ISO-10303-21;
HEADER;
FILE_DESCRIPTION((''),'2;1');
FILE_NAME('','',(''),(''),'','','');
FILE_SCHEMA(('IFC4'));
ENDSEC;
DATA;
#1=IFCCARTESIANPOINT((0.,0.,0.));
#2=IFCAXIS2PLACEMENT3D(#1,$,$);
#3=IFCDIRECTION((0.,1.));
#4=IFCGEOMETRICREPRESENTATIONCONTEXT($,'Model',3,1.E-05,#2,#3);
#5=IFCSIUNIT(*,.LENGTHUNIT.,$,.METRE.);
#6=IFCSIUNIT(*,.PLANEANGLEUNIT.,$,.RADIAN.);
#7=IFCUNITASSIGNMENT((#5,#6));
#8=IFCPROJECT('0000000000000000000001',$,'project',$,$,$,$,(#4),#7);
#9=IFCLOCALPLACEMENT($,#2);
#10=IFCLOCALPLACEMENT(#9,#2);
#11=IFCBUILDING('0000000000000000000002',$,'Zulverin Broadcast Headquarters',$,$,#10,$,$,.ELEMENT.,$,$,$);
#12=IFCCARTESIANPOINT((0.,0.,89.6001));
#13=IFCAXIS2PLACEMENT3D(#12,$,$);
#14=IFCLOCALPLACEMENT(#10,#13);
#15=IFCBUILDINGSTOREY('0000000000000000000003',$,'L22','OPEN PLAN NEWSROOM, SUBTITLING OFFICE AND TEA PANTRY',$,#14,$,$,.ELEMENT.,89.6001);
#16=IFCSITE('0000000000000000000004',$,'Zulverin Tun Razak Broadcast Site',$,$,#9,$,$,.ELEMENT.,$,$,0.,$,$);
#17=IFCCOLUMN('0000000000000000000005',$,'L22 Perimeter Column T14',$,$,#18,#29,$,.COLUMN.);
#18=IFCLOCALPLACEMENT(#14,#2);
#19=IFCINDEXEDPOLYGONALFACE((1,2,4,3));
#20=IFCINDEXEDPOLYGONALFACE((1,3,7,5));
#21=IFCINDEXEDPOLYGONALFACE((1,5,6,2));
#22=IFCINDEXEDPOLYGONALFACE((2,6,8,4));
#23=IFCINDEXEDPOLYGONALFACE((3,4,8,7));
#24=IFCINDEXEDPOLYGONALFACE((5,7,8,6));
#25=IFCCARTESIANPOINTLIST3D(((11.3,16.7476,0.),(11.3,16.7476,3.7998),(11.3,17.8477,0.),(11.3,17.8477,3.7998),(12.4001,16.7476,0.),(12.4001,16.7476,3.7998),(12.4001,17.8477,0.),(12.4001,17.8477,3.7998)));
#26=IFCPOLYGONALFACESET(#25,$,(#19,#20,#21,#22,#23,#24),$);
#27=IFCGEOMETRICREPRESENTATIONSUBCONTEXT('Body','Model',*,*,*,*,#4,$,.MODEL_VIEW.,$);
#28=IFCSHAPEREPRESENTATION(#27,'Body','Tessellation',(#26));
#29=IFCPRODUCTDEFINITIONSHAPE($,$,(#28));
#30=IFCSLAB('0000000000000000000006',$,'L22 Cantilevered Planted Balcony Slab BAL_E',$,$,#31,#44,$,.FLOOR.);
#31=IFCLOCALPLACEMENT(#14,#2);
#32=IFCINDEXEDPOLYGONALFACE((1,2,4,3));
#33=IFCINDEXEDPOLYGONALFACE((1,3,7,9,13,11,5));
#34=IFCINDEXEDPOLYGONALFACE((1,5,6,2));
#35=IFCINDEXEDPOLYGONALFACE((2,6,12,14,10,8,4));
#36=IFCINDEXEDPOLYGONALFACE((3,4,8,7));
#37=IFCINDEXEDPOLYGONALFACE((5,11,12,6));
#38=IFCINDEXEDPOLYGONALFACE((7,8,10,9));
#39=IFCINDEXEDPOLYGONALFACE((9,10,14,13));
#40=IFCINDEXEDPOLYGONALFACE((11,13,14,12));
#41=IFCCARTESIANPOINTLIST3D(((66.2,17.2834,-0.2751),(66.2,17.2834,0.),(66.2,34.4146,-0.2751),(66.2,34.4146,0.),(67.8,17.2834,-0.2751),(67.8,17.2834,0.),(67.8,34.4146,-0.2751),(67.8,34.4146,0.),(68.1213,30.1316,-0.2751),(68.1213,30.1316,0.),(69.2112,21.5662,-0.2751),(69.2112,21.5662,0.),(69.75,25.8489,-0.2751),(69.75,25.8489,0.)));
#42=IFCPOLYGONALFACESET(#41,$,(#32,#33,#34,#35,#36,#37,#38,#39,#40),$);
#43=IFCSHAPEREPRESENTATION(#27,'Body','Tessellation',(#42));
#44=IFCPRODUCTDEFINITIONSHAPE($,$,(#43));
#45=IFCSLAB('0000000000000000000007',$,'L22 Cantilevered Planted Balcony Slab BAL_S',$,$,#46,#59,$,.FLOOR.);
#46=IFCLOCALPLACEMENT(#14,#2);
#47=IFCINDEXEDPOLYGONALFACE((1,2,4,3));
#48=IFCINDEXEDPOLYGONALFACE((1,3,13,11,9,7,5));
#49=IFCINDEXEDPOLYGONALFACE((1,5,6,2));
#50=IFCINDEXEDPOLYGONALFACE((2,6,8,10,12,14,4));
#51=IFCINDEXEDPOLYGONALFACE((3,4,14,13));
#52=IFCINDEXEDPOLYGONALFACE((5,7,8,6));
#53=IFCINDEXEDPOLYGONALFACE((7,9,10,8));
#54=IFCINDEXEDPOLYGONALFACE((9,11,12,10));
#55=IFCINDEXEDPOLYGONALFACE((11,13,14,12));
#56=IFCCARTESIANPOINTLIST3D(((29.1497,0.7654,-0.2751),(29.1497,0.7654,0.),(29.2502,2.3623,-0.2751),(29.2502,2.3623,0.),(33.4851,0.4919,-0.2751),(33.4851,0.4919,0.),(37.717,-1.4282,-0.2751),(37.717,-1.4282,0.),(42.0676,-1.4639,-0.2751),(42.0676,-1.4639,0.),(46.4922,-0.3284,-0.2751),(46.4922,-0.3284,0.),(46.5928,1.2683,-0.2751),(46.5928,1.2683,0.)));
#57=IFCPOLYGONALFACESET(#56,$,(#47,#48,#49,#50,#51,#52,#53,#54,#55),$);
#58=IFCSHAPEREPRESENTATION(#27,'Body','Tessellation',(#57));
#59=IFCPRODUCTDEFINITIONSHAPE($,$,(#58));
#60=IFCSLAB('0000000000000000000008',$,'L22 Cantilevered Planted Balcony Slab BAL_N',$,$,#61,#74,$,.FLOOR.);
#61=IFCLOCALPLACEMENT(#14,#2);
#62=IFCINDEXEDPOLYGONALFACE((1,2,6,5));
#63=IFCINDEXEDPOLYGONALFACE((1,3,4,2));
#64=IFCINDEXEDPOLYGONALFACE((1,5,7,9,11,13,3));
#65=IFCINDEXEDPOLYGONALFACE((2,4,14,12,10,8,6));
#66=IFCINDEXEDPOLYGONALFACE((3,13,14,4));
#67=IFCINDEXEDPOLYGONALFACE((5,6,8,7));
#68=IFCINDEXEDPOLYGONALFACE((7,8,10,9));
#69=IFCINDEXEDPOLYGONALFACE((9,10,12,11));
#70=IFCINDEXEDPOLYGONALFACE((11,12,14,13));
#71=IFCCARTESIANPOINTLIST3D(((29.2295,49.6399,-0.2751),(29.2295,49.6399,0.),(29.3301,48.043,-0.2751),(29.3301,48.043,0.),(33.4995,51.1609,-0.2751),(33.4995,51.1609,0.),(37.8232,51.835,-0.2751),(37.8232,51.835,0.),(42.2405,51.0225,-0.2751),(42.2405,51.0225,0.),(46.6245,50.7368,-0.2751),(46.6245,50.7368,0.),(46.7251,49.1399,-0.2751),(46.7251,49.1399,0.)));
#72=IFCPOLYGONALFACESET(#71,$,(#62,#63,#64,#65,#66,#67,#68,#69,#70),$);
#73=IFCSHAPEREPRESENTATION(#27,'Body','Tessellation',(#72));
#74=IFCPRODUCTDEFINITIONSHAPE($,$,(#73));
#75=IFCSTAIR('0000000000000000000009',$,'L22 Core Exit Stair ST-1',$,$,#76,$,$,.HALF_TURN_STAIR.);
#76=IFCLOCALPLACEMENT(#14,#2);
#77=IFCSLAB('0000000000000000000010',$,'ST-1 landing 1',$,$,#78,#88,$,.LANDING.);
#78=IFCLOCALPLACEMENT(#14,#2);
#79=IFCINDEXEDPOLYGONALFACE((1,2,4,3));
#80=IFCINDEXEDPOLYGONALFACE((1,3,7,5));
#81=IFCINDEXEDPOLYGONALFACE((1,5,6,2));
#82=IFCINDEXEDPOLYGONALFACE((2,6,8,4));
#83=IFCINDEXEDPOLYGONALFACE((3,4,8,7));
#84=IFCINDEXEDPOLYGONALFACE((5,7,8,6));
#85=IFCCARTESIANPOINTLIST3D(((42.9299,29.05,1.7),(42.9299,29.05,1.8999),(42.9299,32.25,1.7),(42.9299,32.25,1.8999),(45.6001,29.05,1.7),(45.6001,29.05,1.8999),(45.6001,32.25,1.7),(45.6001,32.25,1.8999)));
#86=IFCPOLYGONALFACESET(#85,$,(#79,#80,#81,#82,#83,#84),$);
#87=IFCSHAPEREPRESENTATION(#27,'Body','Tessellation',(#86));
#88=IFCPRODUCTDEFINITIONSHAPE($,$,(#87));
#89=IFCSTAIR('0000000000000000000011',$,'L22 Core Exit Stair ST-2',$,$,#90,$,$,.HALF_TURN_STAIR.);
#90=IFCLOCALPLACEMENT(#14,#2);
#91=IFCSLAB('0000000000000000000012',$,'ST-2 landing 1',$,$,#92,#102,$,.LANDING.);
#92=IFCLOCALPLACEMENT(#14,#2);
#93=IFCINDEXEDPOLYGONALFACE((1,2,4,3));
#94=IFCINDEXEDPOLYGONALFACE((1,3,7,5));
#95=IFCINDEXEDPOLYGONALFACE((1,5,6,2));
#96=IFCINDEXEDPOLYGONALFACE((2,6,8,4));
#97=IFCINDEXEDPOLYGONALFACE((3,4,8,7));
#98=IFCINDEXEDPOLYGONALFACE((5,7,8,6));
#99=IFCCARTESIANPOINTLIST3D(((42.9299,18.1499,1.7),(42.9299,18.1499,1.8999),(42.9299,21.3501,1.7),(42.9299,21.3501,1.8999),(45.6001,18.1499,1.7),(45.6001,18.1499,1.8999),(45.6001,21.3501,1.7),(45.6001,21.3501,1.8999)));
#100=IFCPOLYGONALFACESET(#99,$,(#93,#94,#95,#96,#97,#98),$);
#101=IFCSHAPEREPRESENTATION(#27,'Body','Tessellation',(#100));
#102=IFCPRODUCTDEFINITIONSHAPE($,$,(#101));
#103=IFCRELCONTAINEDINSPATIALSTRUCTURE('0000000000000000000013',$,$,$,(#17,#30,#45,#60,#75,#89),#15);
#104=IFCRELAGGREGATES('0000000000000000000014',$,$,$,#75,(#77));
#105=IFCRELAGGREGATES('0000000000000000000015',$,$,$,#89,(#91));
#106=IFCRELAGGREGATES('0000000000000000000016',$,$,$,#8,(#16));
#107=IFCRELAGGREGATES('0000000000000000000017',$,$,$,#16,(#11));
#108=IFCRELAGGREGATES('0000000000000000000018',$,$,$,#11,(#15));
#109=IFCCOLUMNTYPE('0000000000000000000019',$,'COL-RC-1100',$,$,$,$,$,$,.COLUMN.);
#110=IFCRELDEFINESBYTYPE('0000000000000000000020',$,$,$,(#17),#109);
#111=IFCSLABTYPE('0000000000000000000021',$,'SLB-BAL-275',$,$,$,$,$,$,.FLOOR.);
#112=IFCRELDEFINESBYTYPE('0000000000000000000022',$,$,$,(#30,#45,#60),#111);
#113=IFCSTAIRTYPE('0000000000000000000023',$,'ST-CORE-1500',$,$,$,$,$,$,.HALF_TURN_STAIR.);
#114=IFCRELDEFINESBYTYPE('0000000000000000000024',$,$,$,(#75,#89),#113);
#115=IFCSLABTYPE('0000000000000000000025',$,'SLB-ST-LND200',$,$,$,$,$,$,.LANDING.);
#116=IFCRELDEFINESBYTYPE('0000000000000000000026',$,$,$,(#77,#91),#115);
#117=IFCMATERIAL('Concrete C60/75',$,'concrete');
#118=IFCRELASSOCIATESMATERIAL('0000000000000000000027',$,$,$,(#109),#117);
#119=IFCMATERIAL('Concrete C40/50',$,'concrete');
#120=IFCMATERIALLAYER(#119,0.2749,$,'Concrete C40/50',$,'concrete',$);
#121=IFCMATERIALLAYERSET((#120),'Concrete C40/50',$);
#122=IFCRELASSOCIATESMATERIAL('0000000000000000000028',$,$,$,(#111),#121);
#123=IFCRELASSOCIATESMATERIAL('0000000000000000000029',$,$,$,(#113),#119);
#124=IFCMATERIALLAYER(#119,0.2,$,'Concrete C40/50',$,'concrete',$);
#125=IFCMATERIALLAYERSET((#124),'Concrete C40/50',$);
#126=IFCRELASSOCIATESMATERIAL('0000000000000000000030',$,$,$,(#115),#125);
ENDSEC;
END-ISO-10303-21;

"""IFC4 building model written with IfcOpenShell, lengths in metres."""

from ifc_helpers import new_model, si_unit, direction, frame, origin, origin_2d, place, context, subcontext, project, spatial, polyline, rectangle, outline, extrude, material, layer, layer_set, material_profile, profile_set, type_object, element, aggregate, save


model = new_model("IFC4")

# Units and contexts
model_context = context("Model", 3, precision=1e-05, world=origin(), true_north=direction((0.0, 1.0)))
body_context = subcontext(model_context, "Body", "Model", "MODEL_VIEW")
ifc_project = project(units=[si_unit("LENGTHUNIT", "METRE"), si_unit("PLANEANGLEUNIT", "RADIAN")], contexts=[model_context])

# Site, building, storey
site_placement = place(None, origin())
site = spatial("IfcSite", under=ifc_project, at=site_placement, Name="Zulverin Tun Razak Broadcast Site", CompositionType="ELEMENT", RefElevation=0.0)
building_placement = place(site_placement, origin())
building = spatial("IfcBuilding", under=site, at=building_placement, Name="Zulverin Broadcast Headquarters", CompositionType="ELEMENT")
storey_placement = place(building_placement, frame((0.0, 0.0, 89.6001)))
storey = spatial("IfcBuildingStorey", under=building, at=storey_placement, Name="L22", Description="OPEN PLAN NEWSROOM, SUBTITLING OFFICE AND TEA PANTRY", CompositionType="ELEMENT", Elevation=89.6001)

# Column
ifc_material_1 = material(Name="Concrete C60/75", Category="concrete")
ifc_material_profile = material_profile(ifc_material_1, rectangle(XDim=1.1001, YDim=1.1001, at=origin_2d()), Name="Concrete C60/75", Category="concrete")
ifc_profile_set = profile_set([ifc_material_profile], Name="Concrete C60/75")
column_type = type_object("IfcColumnType", Name="COL-RC-1100", PredefinedType="COLUMN", material=ifc_profile_set)
column_placement = place(storey_placement, frame((11.8501, 17.2976, 0.0), z_axis=(0.0, 0.0, 1.0), x_axis=(1.0, 0.0, 0.0)))
element("IfcColumn", 1, at=column_placement, inside=storey, type_object=column_type, Name="L22 Perimeter Column T14", PredefinedType="COLUMN", context=body_context, shape_type="SweptSolid", body=[
    extrude(rectangle(XDim=1.1001, YDim=1.1001, at=origin_2d()), origin(), (0.0, 0.0, 1.0), 3.7998),
])

# Slabs
ifc_material_2 = material(Name="Concrete C40/50", Category="concrete")
ifc_layer_1 = layer(ifc_material_2, 0.2749, Name="Concrete C40/50", Category="concrete")
ifc_layer_set_1 = layer_set([ifc_layer_1], Name="Concrete C40/50")
slab_type_1 = type_object("IfcSlabType", Name="SLB-BAL-275", PredefinedType="FLOOR", material=ifc_layer_set_1)
slab_1_placement = place(storey_placement, frame((0.0, 0.0, -0.2751)))
element("IfcSlab", 2, at=slab_1_placement, inside=storey, type_object=slab_type_1, Name="L22 Cantilevered Planted Balcony Slab BAL_E", PredefinedType="FLOOR", context=body_context, shape_type="SweptSolid", body=[
    extrude(outline(polyline([(66.2, 34.4146), (66.2, 17.2834), (67.8, 17.2834), (69.2112, 21.5662), (69.75, 25.8489), (68.1213, 30.1316), (67.8, 34.4146), (66.2, 34.4146)])), origin(), (0.0, 0.0, 1.0), 0.2751),
])
slab_2_placement = place(storey_placement, frame((0.0, 0.0, -0.2751)))
element("IfcSlab", 3, at=slab_2_placement, inside=storey, type_object=slab_type_1, Name="L22 Cantilevered Planted Balcony Slab BAL_S", PredefinedType="FLOOR", context=body_context, shape_type="SweptSolid", body=[
    extrude(outline(polyline([(46.5928, 1.2683), (29.2502, 2.3623), (29.1497, 0.7654), (33.4851, 0.4919), (37.717, -1.4282), (42.0676, -1.4639), (46.4922, -0.3284), (46.5928, 1.2683)])), origin(), (0.0, 0.0, 1.0), 0.2751),
])
slab_3_placement = place(storey_placement, frame((0.0, 0.0, -0.2751)))
element("IfcSlab", 4, at=slab_3_placement, inside=storey, type_object=slab_type_1, Name="L22 Cantilevered Planted Balcony Slab BAL_N", PredefinedType="FLOOR", context=body_context, shape_type="SweptSolid", body=[
    extrude(outline(polyline([(29.3301, 48.043), (46.7251, 49.1399), (46.6245, 50.7368), (42.2405, 51.0225), (37.8232, 51.835), (33.4995, 51.1609), (29.2295, 49.6399), (29.3301, 48.043)])), origin(), (0.0, 0.0, 1.0), 0.2751),
])

# Stairs, slabs
stair_type = type_object("IfcStairType", Name="ST-CORE-1500", PredefinedType="HALF_TURN_STAIR", material=ifc_material_2)
stair_1_placement = place(storey_placement, origin())
stair_1 = element("IfcStair", 5, at=stair_1_placement, inside=storey, type_object=stair_type, Name="L22 Core Exit Stair ST-1", PredefinedType="HALF_TURN_STAIR")
ifc_layer_2 = layer(ifc_material_2, 0.2, Name="Concrete C40/50", Category="concrete")
ifc_layer_set_2 = layer_set([ifc_layer_2], Name="Concrete C40/50")
slab_type_2 = type_object("IfcSlabType", Name="SLB-ST-LND200", PredefinedType="LANDING", material=ifc_layer_set_2)
slab_4_placement = place(storey_placement, frame((0.0, 0.0, 1.7)))
slab_4 = element("IfcSlab", 6, at=slab_4_placement, type_object=slab_type_2, Name="ST-1 landing 1", PredefinedType="LANDING", context=body_context, shape_type="SweptSolid", body=[
    extrude(outline(polyline([(42.9299, 29.05), (45.6001, 29.05), (45.6001, 32.25), (42.9299, 32.25), (42.9299, 29.05)])), origin(), (0.0, 0.0, 1.0), 0.2),
])
aggregate(stair_1, [slab_4])
stair_2_placement = place(storey_placement, origin())
stair_2 = element("IfcStair", 7, at=stair_2_placement, inside=storey, type_object=stair_type, Name="L22 Core Exit Stair ST-2", PredefinedType="HALF_TURN_STAIR")
slab_5_placement = place(storey_placement, frame((0.0, 0.0, 1.7)))
slab_5 = element("IfcSlab", 8, at=slab_5_placement, type_object=slab_type_2, Name="ST-2 landing 1", PredefinedType="LANDING", context=body_context, shape_type="SweptSolid", body=[
    extrude(outline(polyline([(42.9299, 18.1499), (45.6001, 18.1499), (45.6001, 21.3501), (42.9299, 21.3501), (42.9299, 18.1499)])), origin(), (0.0, 0.0, 1.0), 0.2),
])
aggregate(stair_2, [slab_5])

save(model, "model.ifc")
